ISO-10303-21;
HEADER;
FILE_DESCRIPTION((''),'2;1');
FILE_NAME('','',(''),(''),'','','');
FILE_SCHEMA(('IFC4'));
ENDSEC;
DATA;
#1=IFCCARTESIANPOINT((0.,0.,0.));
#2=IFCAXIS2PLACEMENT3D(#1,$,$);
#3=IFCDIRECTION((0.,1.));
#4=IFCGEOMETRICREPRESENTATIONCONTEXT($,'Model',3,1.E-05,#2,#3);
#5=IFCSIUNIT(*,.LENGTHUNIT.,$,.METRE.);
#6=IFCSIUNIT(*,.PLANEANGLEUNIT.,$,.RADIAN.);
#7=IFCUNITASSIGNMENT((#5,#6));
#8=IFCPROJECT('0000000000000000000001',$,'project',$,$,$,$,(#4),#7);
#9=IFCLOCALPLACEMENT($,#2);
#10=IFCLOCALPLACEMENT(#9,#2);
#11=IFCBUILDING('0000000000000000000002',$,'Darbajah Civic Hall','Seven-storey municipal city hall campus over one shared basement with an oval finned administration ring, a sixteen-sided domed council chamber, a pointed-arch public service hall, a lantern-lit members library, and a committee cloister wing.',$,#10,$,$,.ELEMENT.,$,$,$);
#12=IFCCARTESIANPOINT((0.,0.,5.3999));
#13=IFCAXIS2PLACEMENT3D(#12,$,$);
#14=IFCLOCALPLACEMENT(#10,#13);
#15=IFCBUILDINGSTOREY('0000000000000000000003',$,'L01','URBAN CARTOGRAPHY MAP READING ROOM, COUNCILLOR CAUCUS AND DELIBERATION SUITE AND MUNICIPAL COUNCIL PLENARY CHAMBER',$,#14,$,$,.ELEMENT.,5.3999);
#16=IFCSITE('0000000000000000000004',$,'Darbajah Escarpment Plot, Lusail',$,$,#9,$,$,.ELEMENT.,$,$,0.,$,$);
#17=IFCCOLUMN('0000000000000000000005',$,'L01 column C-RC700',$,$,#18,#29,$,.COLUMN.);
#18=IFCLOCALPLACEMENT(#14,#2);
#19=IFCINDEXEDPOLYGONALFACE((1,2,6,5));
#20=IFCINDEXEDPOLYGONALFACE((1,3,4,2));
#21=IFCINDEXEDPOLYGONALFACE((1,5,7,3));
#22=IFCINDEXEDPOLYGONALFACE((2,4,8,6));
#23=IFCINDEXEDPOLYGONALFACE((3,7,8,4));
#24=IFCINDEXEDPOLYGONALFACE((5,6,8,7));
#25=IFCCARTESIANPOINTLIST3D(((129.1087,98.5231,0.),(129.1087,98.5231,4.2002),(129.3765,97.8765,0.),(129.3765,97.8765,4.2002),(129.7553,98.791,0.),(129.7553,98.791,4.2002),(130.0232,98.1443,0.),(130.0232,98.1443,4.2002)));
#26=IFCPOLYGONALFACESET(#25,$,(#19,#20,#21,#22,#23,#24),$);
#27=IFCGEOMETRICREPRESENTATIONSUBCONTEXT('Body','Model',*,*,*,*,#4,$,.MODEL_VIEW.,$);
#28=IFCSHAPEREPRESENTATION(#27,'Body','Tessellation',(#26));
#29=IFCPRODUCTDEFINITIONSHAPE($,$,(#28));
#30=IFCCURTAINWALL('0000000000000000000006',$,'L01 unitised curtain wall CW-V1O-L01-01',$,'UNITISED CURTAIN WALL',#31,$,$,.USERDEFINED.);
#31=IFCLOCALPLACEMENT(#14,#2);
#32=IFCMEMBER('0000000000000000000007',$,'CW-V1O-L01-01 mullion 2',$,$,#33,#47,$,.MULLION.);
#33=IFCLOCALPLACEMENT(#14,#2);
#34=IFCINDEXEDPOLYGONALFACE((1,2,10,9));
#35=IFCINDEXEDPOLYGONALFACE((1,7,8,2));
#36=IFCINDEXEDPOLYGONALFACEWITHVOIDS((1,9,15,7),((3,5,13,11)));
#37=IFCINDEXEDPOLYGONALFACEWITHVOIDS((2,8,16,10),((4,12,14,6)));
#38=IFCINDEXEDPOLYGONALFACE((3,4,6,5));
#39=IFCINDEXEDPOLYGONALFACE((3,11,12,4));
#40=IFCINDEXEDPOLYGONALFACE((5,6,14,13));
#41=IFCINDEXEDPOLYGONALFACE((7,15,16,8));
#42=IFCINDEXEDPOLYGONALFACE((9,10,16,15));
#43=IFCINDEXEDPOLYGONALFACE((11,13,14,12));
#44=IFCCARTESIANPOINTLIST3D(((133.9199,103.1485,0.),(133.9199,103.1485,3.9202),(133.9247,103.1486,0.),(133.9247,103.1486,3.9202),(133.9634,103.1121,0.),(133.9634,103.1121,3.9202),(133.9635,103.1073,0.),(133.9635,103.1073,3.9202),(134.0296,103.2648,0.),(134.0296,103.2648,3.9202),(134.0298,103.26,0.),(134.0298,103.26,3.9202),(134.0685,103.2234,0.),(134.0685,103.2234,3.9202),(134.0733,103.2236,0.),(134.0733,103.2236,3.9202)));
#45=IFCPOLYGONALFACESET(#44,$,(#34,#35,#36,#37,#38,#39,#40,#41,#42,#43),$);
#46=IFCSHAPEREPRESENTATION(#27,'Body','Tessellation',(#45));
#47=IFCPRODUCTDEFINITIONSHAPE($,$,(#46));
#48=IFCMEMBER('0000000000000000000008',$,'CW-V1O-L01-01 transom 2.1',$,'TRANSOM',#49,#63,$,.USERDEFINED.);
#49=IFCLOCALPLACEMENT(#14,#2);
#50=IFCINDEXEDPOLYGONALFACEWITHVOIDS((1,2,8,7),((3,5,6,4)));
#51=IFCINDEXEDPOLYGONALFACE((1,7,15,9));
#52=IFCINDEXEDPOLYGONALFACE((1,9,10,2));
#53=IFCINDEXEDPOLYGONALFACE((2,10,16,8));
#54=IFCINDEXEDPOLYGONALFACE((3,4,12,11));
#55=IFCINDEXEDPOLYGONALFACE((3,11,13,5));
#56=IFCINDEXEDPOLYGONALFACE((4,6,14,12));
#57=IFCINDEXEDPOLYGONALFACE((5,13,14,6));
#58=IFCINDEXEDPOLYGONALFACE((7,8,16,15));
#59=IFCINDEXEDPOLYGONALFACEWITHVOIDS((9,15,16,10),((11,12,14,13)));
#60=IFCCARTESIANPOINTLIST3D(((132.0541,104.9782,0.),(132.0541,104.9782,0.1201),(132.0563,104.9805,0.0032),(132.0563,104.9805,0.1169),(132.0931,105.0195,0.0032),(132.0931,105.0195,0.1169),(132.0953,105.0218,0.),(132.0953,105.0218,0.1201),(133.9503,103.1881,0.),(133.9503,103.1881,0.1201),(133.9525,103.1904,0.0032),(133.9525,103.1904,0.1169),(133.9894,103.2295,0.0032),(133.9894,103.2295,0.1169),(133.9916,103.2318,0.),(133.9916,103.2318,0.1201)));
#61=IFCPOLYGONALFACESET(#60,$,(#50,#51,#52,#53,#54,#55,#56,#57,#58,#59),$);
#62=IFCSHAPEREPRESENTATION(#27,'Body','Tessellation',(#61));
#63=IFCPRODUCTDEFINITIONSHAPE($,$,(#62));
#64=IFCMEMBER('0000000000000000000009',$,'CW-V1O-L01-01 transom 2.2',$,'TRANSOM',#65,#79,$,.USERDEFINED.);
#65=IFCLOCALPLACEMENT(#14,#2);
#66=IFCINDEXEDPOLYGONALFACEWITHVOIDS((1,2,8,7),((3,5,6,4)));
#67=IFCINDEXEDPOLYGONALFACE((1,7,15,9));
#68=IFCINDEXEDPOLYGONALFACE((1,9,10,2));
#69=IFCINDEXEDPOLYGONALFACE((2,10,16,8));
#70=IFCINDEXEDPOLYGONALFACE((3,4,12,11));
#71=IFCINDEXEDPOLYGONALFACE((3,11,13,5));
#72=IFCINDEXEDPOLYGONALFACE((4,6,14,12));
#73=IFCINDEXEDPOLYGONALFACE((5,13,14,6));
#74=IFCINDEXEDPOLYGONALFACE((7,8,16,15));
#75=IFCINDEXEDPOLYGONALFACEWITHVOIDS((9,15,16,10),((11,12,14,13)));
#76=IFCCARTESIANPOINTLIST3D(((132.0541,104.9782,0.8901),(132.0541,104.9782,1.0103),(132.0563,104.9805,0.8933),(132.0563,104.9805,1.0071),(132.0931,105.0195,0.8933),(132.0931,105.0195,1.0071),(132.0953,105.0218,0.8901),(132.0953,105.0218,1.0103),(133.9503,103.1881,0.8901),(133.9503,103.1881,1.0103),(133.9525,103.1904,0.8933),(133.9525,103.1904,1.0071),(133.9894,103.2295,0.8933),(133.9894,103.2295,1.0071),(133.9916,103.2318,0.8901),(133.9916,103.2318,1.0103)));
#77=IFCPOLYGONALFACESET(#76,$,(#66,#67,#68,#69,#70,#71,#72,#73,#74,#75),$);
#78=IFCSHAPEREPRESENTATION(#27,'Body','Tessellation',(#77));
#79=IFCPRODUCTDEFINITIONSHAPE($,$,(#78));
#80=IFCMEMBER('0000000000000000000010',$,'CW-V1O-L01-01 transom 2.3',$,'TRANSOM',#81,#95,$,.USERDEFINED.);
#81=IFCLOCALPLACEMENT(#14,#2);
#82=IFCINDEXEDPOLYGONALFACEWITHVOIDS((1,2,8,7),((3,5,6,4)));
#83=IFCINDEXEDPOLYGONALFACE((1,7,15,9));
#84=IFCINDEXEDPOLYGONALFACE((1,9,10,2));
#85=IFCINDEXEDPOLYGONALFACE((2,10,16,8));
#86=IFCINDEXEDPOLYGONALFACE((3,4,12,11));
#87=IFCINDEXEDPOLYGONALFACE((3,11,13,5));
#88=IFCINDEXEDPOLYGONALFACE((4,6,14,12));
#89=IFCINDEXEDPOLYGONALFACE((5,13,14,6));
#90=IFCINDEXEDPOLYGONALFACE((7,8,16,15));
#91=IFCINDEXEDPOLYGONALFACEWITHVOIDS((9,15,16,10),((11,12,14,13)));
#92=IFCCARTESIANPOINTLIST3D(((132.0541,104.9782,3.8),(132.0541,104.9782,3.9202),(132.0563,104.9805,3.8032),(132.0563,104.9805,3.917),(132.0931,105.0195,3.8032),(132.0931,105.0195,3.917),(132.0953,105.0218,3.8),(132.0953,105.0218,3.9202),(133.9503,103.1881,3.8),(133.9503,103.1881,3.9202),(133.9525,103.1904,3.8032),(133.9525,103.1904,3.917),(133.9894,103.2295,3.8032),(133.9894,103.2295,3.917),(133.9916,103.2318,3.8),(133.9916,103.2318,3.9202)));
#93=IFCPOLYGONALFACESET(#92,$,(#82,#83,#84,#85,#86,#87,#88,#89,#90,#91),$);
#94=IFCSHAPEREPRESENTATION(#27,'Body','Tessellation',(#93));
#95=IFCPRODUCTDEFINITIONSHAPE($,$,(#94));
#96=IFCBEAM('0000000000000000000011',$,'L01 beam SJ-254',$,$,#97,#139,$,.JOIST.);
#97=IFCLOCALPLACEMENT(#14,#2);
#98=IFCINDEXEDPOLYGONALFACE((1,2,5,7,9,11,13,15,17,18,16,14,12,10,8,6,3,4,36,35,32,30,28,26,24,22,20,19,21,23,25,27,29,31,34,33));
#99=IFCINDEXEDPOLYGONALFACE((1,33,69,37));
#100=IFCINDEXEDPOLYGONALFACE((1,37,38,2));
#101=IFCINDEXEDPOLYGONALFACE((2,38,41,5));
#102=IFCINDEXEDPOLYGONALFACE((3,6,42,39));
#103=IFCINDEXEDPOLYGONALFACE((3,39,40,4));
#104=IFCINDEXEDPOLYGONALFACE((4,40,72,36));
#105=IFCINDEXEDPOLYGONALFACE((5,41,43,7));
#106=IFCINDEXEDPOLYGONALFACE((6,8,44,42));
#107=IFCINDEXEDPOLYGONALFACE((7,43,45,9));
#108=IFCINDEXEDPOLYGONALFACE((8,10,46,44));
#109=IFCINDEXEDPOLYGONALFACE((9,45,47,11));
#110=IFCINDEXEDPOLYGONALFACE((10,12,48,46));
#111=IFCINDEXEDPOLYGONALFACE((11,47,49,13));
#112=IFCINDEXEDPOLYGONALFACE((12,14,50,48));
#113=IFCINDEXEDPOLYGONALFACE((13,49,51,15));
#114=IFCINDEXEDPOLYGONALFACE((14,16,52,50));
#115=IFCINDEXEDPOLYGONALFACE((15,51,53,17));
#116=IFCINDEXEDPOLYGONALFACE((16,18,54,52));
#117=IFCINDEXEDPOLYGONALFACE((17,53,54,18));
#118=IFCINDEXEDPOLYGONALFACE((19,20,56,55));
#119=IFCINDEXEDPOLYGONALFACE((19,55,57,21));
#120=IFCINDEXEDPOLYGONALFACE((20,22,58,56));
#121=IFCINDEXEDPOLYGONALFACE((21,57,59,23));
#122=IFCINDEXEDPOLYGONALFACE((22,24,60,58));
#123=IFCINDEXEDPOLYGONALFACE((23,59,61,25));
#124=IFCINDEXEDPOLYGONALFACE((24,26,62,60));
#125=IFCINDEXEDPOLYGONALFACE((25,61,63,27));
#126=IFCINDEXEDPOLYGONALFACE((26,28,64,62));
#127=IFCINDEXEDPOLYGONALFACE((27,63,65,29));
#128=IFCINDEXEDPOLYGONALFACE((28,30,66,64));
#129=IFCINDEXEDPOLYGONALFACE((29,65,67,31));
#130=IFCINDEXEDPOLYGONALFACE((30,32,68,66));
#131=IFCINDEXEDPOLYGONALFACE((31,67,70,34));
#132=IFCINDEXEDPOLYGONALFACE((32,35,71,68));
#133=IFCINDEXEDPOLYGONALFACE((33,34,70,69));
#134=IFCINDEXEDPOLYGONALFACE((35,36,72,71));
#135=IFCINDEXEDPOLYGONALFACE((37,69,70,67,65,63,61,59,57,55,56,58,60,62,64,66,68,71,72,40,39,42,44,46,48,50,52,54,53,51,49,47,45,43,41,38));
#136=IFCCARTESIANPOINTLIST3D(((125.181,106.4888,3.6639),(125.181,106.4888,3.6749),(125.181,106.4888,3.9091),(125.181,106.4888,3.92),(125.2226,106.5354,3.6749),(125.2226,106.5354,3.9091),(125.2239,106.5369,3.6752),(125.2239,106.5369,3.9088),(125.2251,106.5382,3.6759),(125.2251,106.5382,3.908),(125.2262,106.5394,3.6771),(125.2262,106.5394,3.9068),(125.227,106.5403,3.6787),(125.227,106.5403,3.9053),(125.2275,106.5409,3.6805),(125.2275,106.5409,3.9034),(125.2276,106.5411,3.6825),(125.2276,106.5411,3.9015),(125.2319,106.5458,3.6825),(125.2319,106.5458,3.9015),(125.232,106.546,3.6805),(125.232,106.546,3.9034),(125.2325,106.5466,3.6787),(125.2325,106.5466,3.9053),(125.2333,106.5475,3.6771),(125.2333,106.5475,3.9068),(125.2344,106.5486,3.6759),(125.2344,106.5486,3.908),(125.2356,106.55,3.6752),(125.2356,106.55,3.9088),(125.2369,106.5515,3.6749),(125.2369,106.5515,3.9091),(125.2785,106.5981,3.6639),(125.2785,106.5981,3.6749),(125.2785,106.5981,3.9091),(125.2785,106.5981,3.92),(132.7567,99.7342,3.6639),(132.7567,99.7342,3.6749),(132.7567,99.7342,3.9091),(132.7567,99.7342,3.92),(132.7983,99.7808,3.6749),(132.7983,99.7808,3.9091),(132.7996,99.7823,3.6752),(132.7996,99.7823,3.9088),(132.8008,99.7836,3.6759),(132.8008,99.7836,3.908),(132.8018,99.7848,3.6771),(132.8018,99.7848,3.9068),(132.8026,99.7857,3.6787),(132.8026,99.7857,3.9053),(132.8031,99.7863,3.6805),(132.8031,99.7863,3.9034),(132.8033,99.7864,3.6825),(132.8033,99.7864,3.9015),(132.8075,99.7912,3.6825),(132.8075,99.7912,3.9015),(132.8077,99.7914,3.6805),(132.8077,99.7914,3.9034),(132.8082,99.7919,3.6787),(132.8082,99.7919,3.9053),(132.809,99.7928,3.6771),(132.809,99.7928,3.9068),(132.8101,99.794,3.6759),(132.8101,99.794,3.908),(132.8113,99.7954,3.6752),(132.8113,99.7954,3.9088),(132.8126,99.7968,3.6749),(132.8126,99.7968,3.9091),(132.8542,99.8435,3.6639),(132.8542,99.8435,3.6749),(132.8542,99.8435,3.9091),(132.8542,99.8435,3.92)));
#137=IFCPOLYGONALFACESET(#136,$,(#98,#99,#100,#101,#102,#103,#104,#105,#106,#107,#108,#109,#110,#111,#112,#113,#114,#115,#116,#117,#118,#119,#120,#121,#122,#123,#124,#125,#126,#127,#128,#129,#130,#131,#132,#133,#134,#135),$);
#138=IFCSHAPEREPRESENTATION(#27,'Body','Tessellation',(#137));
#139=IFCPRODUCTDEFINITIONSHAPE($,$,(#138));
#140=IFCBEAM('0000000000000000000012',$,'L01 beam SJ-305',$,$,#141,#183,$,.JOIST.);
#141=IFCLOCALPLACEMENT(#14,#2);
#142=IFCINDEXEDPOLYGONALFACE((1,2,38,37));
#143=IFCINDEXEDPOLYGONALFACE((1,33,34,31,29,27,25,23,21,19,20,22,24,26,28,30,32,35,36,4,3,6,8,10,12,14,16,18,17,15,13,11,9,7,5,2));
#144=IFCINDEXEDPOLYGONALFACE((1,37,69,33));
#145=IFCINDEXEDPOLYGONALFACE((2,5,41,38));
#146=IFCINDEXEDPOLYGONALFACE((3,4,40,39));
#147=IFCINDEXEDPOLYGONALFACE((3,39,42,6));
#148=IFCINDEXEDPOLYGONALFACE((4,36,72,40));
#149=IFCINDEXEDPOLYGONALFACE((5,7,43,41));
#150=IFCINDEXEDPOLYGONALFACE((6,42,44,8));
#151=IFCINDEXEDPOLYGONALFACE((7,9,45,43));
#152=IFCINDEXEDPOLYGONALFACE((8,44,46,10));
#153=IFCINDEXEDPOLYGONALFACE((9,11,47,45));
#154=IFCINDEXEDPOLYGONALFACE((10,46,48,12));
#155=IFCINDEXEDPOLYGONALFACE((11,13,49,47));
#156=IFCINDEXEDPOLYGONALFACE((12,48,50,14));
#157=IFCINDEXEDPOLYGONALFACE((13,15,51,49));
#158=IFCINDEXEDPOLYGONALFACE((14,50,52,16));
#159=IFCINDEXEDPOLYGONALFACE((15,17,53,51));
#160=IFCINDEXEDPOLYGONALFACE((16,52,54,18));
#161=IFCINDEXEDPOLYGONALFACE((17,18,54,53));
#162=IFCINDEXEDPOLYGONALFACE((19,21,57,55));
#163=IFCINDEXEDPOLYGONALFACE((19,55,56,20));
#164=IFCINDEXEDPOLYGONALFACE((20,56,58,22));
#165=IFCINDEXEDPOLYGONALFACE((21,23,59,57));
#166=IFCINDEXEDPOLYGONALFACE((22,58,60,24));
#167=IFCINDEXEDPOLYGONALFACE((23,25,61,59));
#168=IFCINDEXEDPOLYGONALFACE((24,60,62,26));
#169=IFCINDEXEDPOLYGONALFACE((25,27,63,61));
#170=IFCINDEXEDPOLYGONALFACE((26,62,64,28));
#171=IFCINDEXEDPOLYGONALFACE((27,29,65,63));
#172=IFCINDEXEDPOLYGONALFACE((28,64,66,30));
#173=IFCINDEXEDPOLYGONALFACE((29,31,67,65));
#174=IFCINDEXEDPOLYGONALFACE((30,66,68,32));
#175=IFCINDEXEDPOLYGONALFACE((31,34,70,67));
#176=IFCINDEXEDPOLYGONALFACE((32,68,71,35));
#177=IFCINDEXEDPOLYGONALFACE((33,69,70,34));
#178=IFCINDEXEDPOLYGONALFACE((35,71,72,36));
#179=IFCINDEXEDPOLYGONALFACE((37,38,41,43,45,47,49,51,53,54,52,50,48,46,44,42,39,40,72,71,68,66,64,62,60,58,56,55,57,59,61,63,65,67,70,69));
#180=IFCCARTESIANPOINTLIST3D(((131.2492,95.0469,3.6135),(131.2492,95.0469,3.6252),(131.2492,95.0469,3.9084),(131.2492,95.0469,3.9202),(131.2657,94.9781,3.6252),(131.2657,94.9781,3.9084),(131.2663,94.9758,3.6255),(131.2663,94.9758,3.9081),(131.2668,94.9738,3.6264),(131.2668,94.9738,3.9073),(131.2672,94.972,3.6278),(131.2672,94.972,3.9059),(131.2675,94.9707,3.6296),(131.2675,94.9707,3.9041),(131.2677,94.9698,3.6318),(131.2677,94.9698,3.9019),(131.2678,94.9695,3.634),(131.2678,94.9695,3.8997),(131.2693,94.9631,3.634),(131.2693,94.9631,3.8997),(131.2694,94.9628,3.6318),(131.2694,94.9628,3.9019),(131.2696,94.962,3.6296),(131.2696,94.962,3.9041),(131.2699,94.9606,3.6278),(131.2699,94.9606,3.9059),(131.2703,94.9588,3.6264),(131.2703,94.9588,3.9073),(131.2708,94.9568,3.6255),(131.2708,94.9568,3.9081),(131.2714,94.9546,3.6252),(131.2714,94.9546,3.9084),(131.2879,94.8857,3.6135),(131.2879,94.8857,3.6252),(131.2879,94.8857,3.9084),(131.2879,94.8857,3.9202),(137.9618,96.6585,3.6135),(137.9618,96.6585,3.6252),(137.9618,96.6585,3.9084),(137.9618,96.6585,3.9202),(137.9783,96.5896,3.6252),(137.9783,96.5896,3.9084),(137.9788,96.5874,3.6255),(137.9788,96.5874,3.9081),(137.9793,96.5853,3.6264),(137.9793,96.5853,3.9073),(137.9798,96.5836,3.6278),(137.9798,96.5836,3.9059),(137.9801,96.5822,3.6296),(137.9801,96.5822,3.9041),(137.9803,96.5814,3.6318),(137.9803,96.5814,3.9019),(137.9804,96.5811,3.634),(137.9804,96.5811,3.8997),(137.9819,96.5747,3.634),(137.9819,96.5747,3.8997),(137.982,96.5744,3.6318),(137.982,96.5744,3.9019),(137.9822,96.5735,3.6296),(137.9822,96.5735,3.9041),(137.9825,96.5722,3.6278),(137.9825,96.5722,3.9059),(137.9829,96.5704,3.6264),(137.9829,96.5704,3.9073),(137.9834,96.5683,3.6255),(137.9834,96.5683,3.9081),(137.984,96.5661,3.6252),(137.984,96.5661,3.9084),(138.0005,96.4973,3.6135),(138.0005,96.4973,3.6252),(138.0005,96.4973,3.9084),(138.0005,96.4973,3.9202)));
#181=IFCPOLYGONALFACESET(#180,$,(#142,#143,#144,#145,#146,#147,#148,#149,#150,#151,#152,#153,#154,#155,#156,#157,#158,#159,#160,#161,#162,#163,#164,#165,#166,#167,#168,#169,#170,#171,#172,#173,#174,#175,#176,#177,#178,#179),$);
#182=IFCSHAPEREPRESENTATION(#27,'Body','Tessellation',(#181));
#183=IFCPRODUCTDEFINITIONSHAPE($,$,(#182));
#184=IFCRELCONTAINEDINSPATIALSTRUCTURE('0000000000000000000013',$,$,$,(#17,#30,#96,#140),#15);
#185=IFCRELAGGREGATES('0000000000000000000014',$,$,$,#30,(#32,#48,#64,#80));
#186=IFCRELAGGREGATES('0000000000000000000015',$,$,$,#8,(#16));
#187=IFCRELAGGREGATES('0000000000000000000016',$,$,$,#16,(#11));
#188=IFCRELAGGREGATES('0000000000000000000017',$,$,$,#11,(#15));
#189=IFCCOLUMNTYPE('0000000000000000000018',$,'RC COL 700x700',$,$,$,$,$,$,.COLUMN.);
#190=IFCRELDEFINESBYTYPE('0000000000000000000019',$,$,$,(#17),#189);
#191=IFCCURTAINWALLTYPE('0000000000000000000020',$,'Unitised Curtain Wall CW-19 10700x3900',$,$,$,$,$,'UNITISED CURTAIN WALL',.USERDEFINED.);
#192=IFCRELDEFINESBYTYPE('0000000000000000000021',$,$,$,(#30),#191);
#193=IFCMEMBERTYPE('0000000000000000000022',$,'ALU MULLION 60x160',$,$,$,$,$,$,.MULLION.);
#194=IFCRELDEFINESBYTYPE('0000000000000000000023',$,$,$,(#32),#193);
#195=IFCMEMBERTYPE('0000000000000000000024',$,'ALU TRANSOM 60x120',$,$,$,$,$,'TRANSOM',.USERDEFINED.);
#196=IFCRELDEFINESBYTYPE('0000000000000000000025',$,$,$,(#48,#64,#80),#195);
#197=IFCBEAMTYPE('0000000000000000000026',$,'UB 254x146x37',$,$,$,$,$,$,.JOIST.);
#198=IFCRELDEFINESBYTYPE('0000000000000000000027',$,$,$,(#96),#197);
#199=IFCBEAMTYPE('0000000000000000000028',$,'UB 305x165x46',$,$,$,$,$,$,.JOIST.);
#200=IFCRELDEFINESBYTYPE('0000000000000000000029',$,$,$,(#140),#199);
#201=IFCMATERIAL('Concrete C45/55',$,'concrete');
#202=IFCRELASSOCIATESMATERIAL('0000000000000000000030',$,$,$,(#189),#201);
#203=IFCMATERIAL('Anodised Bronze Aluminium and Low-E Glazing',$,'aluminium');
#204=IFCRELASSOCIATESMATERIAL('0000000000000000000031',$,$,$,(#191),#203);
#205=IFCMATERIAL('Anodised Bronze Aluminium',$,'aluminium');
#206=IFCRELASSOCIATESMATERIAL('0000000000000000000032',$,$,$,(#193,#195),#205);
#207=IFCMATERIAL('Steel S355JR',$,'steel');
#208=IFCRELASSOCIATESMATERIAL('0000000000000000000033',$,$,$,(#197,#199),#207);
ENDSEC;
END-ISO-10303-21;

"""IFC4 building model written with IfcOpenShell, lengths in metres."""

from ifc_helpers import new_model, si_unit, direction, frame, origin, origin_2d, place, context, subcontext, project, spatial, rectangle, hollow_rectangle, i_section, extrude, material, material_profile, profile_set, type_object, element, aggregate, save


model = new_model("IFC4")

# Units and contexts
model_context = context("Model", 3, precision=1e-05, world=origin(), true_north=direction((0.0, 1.0)))
body_context = subcontext(model_context, "Body", "Model", "MODEL_VIEW")
ifc_project = project(units=[si_unit("LENGTHUNIT", "METRE"), si_unit("PLANEANGLEUNIT", "RADIAN")], contexts=[model_context])

# Site, building, storey
site_placement = place(None, origin())
site = spatial("IfcSite", under=ifc_project, at=site_placement, Name="Darbajah Escarpment Plot, Lusail", CompositionType="ELEMENT", RefElevation=0.0)
building_placement = place(site_placement, origin())
building = spatial("IfcBuilding", under=site, at=building_placement, Name="Darbajah Civic Hall", Description="Seven-storey municipal city hall campus over one shared basement with an oval finned administration ring, a sixteen-sided domed council chamber, a pointed-arch public service hall, a lantern-lit members library, and a committee cloister wing.", CompositionType="ELEMENT")
storey_placement = place(building_placement, frame((0.0, 0.0, 5.3999)))
storey = spatial("IfcBuildingStorey", under=building, at=storey_placement, Name="L01", Description="URBAN CARTOGRAPHY MAP READING ROOM, COUNCILLOR CAUCUS AND DELIBERATION SUITE AND MUNICIPAL COUNCIL PLENARY CHAMBER", CompositionType="ELEMENT", Elevation=5.3999)

# Column
ifc_material_1 = material(Name="Concrete C45/55", Category="concrete")
ifc_material_profile_1 = material_profile(ifc_material_1, rectangle(XDim=0.7, YDim=0.7, at=origin_2d()), Name="RC COL 700x700")
ifc_profile_set_1 = profile_set([ifc_material_profile_1], Name="Concrete C45/55")
column_type = type_object("IfcColumnType", Name="RC COL 700x700", PredefinedType="COLUMN", material=ifc_profile_set_1)
column_placement = place(storey_placement, frame((129.5659, 98.3337, 0.0), z_axis=(0.0, 0.0, 1.0), x_axis=(0.92388, 0.382683, 0.0)))
element("IfcColumn", 1, at=column_placement, inside=storey, type_object=column_type, Name="L01 column C-RC700", PredefinedType="COLUMN", context=body_context, shape_type="SweptSolid", body=[
    extrude(rectangle(XDim=0.7, YDim=0.7, at=origin_2d()), origin(), (0.0, 0.0, 1.0), 4.2002),
])

# Curtain wall, members
ifc_material_2 = material(Name="Anodised Bronze Aluminium and Low-E Glazing", Category="aluminium")
curtain_wall_type = type_object("IfcCurtainWallType", Name="Unitised Curtain Wall CW-19 10700x3900", ElementType="UNITISED CURTAIN WALL", PredefinedType="USERDEFINED", material=ifc_material_2)
curtain_wall_placement = place(storey_placement, origin())
curtain_wall = element("IfcCurtainWall", 2, at=curtain_wall_placement, inside=storey, type_object=curtain_wall_type, Name="L01 unitised curtain wall CW-V1O-L01-01", ObjectType="UNITISED CURTAIN WALL", PredefinedType="USERDEFINED")
ifc_material_3 = material(Name="Anodised Bronze Aluminium", Category="aluminium")
ifc_material_profile_2 = material_profile(ifc_material_3, hollow_rectangle(XDim=0.0601, YDim=0.1599, WallThickness=0.0034, at=origin_2d()), Name="ALU MULLION 60x160")
ifc_profile_set_2 = profile_set([ifc_material_profile_2], Name="Anodised Bronze Aluminium")
member_type_1 = type_object("IfcMemberType", Name="ALU MULLION 60x160", PredefinedType="MULLION", material=ifc_profile_set_2)
member_1_placement = place(storey_placement, frame((133.9966, 103.186, 0.0), z_axis=(0.0, 0.0, 1.0), x_axis=(-0.727174, 0.686453, 0.0)))
member_1 = element("IfcMember", 3, at=member_1_placement, type_object=member_type_1, Name="CW-V1O-L01-01 mullion 2", PredefinedType="MULLION", context=body_context, shape_type="SweptSolid", body=[
    extrude(hollow_rectangle(XDim=0.0601, YDim=0.1599, WallThickness=0.0034, at=origin_2d()), origin(), (0.0, 0.0, 1.0), 3.9202),
])
ifc_material_profile_3 = material_profile(ifc_material_3, hollow_rectangle(XDim=0.0601, YDim=0.1201, WallThickness=0.0032, at=origin_2d()), Name="ALU TRANSOM 60x120")
ifc_profile_set_3 = profile_set([ifc_material_profile_3], Name="Anodised Bronze Aluminium")
member_type_2 = type_object("IfcMemberType", Name="ALU TRANSOM 60x120", ElementType="TRANSOM", PredefinedType="USERDEFINED", material=ifc_profile_set_3)
member_2_placement = place(storey_placement, frame((133.9709, 103.21, 0.0601), z_axis=(-0.727177, 0.68645, 0.0), x_axis=(-0.68645, -0.727177, 0.0)))
member_2 = element("IfcMember", 4, at=member_2_placement, type_object=member_type_2, Name="CW-V1O-L01-01 transom 2.1", ObjectType="TRANSOM", PredefinedType="USERDEFINED", context=body_context, shape_type="SweptSolid", body=[
    extrude(hollow_rectangle(XDim=0.0601, YDim=0.1201, WallThickness=0.0032, at=origin_2d()), origin(), (0.0, 0.0, 1.0), 2.6077),
])
member_3_placement = place(storey_placement, frame((133.9709, 103.21, 0.9502), z_axis=(-0.727177, 0.68645, 0.0), x_axis=(-0.68645, -0.727177, 0.0)))
member_3 = element("IfcMember", 5, at=member_3_placement, type_object=member_type_2, Name="CW-V1O-L01-01 transom 2.2", ObjectType="TRANSOM", PredefinedType="USERDEFINED", context=body_context, shape_type="SweptSolid", body=[
    extrude(hollow_rectangle(XDim=0.0601, YDim=0.1201, WallThickness=0.0032, at=origin_2d()), origin(), (0.0, 0.0, 1.0), 2.6077),
])
member_4_placement = place(storey_placement, frame((133.9709, 103.21, 3.8601), z_axis=(-0.727177, 0.68645, 0.0), x_axis=(-0.68645, -0.727177, 0.0)))
member_4 = element("IfcMember", 6, at=member_4_placement, type_object=member_type_2, Name="CW-V1O-L01-01 transom 2.3", ObjectType="TRANSOM", PredefinedType="USERDEFINED", context=body_context, shape_type="SweptSolid", body=[
    extrude(hollow_rectangle(XDim=0.0601, YDim=0.1201, WallThickness=0.0032, at=origin_2d()), origin(), (0.0, 0.0, 1.0), 2.6077),
])

# Beams
ifc_material_4 = material(Name="Steel S355JR", Category="steel")
ifc_material_profile_4 = material_profile(ifc_material_4, i_section(OverallWidth=0.1465, OverallDepth=0.2561, WebThickness=0.0063, FlangeThickness=0.011, FilletRadius=0.0076, at=origin_2d()), Name="UB 254x146x37")
ifc_profile_set_4 = profile_set([ifc_material_profile_4], Name="Steel S355JR")
beam_type_1 = type_object("IfcBeamType", Name="UB 254x146x37", PredefinedType="JOIST", material=ifc_profile_set_4)
beam_1_placement = place(storey_placement, frame((132.8054, 99.7888, 3.792), z_axis=(-0.746396, 0.665502, 0.0), x_axis=(-0.665502, -0.746396, 0.0)))
element("IfcBeam", 7, at=beam_1_placement, inside=storey, type_object=beam_type_1, Name="L01 beam SJ-254", PredefinedType="JOIST", context=body_context, shape_type="SweptSolid", body=[
    extrude(i_section(OverallWidth=0.1465, OverallDepth=0.2561, WebThickness=0.0063, FlangeThickness=0.011, FilletRadius=0.0076, at=origin_2d()), origin(), (0.0, 0.0, 1.0), 10.1497),
])
ifc_material_profile_5 = material_profile(ifc_material_4, i_section(OverallWidth=0.1658, OverallDepth=0.3066, WebThickness=0.0066, FlangeThickness=0.0117, FilletRadius=0.0088, at=origin_2d()), Name="UB 305x165x46")
ifc_profile_set_5 = profile_set([ifc_material_profile_5], Name="Steel S355JR")
beam_type_2 = type_object("IfcBeamType", Name="UB 305x165x46", PredefinedType="JOIST", material=ifc_profile_set_5)
beam_2_placement = place(storey_placement, frame((131.2686, 94.9663, 3.7668), z_axis=(0.97237, 0.233447, 0.0), x_axis=(-0.233447, 0.97237, 0.0)))
element("IfcBeam", 8, at=beam_2_placement, inside=storey, type_object=beam_type_2, Name="L01 beam SJ-305", PredefinedType="JOIST", context=body_context, shape_type="SweptSolid", body=[
    extrude(i_section(OverallWidth=0.1658, OverallDepth=0.3066, WebThickness=0.0066, FlangeThickness=0.0117, FilletRadius=0.0088, at=origin_2d()), origin(), (0.0, 0.0, 1.0), 6.9033),
])

aggregate(curtain_wall, [member_1, member_2, member_3, member_4])

save(model, "model.ifc")
